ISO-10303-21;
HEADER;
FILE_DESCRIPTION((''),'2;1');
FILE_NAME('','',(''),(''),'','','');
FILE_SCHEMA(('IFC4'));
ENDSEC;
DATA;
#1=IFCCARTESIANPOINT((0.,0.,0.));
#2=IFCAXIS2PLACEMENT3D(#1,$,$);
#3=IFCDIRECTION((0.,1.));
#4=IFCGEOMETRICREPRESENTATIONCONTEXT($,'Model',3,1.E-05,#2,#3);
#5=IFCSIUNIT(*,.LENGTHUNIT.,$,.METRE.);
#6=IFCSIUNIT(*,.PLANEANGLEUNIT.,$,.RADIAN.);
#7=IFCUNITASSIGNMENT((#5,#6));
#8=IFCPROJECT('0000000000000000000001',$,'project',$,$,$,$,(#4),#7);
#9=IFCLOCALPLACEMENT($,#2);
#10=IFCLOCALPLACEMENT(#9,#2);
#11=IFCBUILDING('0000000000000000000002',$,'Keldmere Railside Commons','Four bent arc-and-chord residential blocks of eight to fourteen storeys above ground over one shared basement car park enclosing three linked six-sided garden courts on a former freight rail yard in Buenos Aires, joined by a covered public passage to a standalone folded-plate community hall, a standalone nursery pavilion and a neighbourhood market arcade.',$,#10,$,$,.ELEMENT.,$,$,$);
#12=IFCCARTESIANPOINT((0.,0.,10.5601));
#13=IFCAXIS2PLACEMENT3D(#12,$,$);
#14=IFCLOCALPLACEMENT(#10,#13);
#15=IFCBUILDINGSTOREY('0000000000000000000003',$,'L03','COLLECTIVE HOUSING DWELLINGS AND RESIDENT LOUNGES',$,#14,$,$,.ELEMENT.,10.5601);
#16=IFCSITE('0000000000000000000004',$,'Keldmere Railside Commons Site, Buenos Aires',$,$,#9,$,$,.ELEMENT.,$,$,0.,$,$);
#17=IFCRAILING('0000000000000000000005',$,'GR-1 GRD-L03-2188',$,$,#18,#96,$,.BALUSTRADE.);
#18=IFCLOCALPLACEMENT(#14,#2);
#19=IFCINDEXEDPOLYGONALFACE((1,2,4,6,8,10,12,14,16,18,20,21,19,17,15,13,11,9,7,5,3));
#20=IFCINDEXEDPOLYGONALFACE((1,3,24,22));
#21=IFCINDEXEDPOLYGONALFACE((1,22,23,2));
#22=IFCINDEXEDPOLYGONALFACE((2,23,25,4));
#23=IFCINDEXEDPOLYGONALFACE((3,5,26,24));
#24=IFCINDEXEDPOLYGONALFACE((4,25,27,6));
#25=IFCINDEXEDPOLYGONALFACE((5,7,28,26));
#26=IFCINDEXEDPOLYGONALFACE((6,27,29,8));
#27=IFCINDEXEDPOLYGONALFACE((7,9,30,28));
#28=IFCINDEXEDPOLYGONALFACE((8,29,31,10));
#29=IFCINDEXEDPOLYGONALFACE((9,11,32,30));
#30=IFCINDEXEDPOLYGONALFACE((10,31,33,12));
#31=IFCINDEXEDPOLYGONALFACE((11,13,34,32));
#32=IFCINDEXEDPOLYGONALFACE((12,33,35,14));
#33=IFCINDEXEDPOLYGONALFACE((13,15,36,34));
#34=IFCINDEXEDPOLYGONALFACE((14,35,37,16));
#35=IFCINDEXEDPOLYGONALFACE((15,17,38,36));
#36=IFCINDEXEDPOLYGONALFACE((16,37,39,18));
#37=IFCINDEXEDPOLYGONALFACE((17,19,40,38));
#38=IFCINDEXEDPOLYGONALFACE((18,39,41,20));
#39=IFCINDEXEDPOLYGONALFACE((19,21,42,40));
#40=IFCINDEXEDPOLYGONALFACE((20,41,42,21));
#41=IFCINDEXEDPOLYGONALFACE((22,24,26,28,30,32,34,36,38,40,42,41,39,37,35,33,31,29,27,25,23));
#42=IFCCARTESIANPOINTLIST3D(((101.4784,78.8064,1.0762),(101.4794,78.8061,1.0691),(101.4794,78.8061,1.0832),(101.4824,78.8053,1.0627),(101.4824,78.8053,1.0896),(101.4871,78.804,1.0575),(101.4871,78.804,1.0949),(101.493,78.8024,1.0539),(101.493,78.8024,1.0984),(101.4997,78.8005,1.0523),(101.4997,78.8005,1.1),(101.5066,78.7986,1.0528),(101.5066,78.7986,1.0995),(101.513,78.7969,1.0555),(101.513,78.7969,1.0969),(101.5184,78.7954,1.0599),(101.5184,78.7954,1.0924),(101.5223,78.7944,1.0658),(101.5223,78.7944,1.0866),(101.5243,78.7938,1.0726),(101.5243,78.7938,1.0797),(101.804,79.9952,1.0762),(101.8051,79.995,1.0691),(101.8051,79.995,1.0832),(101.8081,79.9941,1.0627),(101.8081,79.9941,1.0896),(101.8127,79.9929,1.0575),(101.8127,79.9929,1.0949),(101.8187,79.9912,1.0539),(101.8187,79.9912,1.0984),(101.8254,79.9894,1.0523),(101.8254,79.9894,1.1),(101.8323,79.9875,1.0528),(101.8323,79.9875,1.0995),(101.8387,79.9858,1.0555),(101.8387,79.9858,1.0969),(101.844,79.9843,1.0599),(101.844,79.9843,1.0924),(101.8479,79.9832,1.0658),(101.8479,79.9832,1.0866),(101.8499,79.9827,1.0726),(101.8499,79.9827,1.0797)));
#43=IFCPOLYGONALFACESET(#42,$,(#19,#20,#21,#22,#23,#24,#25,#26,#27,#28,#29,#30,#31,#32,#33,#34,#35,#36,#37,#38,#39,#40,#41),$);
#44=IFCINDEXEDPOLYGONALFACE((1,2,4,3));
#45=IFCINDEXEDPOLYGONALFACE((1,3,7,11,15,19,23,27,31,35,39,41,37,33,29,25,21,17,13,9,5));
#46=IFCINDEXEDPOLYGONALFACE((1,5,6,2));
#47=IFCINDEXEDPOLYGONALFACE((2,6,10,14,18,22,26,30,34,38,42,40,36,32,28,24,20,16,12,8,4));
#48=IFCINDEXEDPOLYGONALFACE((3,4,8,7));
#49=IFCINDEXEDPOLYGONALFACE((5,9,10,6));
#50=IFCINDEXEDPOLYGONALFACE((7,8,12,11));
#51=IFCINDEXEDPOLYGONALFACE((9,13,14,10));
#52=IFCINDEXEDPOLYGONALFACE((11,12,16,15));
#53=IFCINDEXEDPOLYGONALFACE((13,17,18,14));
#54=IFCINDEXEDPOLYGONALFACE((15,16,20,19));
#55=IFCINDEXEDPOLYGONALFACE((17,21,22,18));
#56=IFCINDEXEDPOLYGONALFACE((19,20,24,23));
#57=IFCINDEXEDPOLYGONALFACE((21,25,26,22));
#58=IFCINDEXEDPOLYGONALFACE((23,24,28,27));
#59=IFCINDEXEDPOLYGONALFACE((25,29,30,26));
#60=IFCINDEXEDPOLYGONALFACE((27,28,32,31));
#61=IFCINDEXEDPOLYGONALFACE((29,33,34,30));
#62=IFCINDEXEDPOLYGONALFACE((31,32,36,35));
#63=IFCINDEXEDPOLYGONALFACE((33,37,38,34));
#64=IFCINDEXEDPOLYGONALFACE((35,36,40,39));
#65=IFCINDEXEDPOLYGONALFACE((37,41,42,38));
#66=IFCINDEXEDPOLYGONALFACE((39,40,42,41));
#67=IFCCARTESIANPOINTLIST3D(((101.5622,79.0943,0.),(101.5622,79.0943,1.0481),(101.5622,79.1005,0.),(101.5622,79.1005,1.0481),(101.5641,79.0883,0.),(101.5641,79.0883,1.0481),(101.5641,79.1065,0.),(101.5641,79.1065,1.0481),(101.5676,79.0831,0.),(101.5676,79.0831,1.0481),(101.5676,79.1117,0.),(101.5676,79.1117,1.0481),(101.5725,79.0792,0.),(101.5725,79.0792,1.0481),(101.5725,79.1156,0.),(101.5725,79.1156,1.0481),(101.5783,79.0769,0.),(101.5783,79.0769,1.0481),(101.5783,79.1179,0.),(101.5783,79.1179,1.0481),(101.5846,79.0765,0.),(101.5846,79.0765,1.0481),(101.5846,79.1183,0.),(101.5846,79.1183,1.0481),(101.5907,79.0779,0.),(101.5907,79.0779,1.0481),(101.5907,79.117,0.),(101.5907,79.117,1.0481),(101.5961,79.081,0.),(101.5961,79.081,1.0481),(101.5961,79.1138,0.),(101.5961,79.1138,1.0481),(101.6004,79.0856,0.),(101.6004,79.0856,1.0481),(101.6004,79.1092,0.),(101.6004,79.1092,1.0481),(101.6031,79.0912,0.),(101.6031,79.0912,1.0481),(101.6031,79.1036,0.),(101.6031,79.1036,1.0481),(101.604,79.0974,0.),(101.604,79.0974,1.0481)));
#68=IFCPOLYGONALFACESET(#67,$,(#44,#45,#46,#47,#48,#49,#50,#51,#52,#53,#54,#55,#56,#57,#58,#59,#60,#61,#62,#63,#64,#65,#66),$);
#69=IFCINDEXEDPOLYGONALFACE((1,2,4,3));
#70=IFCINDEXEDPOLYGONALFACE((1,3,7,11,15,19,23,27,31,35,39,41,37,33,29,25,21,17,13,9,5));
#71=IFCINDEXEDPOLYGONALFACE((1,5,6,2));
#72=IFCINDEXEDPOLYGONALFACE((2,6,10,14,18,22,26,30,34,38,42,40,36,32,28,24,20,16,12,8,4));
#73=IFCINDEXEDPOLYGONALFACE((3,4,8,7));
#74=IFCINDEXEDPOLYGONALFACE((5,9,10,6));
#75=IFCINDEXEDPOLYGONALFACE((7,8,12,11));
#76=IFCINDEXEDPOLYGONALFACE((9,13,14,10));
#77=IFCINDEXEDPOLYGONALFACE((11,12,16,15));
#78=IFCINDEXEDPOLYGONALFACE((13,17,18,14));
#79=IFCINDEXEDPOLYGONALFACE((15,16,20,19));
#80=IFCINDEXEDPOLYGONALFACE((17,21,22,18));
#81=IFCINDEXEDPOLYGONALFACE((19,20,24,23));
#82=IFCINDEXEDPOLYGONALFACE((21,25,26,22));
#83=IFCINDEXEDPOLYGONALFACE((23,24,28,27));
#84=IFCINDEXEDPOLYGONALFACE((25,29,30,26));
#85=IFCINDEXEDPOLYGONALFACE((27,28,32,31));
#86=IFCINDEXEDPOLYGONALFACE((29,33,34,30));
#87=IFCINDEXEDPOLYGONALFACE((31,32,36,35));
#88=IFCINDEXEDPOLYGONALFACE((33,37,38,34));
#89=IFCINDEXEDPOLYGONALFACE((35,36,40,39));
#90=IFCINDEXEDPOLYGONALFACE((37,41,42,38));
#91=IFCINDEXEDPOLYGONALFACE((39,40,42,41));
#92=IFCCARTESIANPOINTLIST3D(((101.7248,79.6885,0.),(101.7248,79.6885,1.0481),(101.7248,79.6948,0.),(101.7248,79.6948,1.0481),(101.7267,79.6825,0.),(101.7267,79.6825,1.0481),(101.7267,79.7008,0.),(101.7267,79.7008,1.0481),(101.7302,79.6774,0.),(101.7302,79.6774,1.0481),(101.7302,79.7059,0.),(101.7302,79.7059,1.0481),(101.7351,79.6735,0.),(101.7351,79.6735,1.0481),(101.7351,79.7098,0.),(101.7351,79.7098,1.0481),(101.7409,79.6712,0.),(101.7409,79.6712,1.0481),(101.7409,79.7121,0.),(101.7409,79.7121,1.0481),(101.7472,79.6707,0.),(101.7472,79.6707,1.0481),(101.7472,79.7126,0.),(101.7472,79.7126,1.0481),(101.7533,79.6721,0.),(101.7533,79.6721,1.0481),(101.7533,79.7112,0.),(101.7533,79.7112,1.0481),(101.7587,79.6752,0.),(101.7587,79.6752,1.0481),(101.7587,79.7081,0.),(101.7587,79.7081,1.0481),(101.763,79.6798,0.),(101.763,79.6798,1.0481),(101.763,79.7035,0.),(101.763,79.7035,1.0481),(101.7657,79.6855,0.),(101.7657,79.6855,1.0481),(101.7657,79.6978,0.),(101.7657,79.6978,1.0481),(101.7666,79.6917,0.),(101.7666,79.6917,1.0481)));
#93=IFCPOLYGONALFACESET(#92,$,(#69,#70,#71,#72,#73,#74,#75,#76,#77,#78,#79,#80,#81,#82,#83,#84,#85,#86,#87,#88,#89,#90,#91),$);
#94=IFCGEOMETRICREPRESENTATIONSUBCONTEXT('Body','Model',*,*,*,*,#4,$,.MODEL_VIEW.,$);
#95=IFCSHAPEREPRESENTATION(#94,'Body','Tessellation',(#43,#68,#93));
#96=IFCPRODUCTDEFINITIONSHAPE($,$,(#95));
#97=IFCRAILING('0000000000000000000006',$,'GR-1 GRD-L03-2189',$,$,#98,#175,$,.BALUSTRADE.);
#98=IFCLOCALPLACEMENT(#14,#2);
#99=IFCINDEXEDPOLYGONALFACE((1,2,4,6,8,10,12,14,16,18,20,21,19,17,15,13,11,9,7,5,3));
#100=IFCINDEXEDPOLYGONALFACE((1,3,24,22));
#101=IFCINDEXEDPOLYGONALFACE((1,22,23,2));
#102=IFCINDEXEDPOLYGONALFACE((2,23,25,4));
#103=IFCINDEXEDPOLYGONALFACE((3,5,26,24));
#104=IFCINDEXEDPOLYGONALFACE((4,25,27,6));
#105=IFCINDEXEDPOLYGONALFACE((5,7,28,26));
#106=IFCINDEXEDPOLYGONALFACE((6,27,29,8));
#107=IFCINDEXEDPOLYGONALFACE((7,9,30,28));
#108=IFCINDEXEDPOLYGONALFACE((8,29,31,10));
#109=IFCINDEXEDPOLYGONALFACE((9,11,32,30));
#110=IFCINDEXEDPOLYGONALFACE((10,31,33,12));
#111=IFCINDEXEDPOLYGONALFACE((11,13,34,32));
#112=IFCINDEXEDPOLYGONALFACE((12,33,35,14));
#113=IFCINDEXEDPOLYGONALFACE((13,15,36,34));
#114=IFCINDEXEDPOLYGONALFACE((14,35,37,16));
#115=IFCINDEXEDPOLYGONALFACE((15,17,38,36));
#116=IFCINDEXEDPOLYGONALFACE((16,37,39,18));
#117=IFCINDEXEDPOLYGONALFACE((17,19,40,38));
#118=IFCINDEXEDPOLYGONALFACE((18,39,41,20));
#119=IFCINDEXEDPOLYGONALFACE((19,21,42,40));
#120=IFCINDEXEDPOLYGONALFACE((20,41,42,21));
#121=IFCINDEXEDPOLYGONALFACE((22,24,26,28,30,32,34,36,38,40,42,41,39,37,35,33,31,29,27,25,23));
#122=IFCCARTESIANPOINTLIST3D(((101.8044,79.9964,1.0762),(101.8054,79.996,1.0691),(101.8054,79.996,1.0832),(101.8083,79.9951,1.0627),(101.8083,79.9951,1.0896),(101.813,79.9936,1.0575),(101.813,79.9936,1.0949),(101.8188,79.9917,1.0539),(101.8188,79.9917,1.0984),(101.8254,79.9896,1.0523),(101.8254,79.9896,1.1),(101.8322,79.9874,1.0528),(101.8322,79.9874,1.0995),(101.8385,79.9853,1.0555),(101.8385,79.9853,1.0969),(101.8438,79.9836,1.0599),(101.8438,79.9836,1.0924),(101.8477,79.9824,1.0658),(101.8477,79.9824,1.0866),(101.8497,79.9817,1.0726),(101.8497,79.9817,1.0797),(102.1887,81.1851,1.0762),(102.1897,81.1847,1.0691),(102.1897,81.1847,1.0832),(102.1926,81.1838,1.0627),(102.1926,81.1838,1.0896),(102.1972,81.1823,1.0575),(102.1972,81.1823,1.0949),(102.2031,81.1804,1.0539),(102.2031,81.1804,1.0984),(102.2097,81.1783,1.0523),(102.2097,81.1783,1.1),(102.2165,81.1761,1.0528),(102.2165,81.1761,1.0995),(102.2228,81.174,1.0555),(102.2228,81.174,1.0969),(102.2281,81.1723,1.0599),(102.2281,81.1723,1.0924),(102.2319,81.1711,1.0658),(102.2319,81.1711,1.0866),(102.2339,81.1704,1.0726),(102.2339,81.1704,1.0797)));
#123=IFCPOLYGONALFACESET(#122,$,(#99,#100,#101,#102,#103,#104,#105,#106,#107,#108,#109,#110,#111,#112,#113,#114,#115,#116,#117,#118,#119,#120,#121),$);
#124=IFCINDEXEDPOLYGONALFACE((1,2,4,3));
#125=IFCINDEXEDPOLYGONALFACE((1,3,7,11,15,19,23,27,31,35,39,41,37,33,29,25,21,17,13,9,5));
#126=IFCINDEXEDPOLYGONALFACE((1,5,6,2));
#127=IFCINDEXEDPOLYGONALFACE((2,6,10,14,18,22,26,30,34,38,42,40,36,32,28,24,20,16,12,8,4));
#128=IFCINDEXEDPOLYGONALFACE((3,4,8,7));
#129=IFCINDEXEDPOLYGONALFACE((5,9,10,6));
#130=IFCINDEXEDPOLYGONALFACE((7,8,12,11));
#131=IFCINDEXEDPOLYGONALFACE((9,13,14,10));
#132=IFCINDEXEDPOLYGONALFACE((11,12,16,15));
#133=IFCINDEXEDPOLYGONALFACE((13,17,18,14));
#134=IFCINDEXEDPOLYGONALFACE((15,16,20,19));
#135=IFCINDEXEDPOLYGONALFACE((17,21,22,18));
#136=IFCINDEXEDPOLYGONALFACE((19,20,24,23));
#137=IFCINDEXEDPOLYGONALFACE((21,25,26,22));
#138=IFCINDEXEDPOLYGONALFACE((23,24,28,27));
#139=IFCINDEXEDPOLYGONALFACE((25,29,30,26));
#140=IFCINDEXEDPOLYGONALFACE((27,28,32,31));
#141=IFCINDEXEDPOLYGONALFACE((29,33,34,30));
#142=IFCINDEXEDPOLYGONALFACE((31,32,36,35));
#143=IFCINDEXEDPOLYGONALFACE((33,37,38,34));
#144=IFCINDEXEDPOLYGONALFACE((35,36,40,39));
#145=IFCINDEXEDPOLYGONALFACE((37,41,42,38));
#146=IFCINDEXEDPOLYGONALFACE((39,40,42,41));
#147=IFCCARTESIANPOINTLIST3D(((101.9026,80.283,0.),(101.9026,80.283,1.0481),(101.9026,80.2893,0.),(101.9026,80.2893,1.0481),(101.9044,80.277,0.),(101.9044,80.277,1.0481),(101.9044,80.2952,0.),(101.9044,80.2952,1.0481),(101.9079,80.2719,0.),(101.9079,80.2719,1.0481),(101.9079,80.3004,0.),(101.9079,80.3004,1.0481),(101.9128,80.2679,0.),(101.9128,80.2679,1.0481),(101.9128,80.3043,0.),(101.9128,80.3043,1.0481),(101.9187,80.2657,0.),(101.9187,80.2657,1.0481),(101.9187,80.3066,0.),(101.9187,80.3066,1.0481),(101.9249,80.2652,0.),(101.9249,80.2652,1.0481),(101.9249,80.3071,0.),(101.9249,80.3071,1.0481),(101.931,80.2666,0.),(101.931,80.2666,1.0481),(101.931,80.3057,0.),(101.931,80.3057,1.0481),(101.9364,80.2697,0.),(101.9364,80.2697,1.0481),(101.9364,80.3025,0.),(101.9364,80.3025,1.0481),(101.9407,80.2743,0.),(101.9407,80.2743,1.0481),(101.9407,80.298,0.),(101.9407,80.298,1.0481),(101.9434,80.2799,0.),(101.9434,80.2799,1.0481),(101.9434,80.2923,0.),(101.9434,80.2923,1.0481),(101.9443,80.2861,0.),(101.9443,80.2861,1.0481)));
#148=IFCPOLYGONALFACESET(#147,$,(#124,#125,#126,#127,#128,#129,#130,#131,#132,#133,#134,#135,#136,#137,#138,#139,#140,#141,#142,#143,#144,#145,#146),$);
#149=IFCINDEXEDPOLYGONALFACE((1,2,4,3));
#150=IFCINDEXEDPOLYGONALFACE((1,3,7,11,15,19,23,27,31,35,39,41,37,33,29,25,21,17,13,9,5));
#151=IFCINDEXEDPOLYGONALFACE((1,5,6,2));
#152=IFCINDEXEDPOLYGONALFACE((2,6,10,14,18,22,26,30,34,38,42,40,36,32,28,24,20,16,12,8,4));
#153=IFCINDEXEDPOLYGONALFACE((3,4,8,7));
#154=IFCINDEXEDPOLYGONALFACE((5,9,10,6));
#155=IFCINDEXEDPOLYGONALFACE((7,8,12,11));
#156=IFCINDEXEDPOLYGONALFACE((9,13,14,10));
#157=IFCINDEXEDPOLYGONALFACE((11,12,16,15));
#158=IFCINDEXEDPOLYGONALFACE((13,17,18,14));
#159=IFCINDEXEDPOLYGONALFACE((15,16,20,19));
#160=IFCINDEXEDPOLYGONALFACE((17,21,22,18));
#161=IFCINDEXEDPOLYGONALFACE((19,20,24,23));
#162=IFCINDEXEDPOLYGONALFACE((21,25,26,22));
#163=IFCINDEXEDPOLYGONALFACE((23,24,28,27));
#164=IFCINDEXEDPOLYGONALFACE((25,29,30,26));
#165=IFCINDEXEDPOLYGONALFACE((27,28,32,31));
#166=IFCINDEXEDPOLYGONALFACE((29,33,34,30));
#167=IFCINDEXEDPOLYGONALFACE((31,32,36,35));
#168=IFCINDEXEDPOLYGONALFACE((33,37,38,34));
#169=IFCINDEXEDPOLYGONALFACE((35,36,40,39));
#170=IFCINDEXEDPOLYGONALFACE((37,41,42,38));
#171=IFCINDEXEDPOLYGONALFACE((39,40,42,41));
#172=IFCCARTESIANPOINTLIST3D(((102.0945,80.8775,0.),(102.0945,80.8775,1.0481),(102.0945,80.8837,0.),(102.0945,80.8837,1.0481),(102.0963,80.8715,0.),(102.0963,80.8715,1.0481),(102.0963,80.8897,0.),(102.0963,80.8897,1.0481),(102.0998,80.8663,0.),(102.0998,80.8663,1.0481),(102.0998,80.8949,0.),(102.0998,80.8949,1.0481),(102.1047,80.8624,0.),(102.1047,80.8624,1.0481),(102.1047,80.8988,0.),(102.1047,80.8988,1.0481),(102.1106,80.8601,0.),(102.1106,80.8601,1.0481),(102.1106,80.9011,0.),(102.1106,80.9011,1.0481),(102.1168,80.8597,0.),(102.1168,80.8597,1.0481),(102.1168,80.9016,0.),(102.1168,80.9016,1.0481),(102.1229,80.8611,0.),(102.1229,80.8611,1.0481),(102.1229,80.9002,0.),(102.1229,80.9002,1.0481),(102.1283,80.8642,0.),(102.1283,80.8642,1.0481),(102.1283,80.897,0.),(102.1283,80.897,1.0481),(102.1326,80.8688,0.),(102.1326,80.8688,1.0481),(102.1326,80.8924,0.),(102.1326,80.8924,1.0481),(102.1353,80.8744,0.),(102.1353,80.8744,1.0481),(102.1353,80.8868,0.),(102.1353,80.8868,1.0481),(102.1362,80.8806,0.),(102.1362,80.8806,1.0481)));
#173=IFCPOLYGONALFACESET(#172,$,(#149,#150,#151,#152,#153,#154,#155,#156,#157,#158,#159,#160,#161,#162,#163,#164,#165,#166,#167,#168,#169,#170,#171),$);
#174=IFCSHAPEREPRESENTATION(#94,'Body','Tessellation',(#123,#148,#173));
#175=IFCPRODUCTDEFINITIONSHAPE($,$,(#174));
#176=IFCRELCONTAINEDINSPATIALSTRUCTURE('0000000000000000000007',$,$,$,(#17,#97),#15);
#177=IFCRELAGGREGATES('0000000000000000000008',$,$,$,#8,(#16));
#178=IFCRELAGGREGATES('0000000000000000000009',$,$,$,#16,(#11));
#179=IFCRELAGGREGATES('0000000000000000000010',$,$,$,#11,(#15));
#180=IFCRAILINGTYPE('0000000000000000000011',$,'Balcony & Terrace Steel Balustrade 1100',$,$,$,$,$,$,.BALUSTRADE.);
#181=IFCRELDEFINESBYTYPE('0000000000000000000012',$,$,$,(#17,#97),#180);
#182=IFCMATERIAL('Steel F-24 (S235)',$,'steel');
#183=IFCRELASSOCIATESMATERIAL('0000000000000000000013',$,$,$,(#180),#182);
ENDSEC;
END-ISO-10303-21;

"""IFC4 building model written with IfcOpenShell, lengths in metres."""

from ifc_helpers import new_model, si_unit, direction, frame, origin, origin_2d, place, context, subcontext, project, spatial, circle, extrude, material, type_object, element, save


model = new_model("IFC4")

# Units and contexts
model_context = context("Model", 3, precision=1e-05, world=origin(), true_north=direction((0.0, 1.0)))
body_context = subcontext(model_context, "Body", "Model", "MODEL_VIEW")
ifc_project = project(units=[si_unit("LENGTHUNIT", "METRE"), si_unit("PLANEANGLEUNIT", "RADIAN")], contexts=[model_context])

# Site, building, storey
site_placement = place(None, origin())
site = spatial("IfcSite", under=ifc_project, at=site_placement, Name="Keldmere Railside Commons Site, Buenos Aires", CompositionType="ELEMENT", RefElevation=0.0)
building_placement = place(site_placement, origin())
building = spatial("IfcBuilding", under=site, at=building_placement, Name="Keldmere Railside Commons", Description="Four bent arc-and-chord residential blocks of eight to fourteen storeys above ground over one shared basement car park enclosing three linked six-sided garden courts on a former freight rail yard in Buenos Aires, joined by a covered public passage to a standalone folded-plate community hall, a standalone nursery pavilion and a neighbourhood market arcade.", CompositionType="ELEMENT")
storey_placement = place(building_placement, frame((0.0, 0.0, 10.5601)))
storey = spatial("IfcBuildingStorey", under=building, at=storey_placement, Name="L03", Description="COLLECTIVE HOUSING DWELLINGS AND RESIDENT LOUNGES", CompositionType="ELEMENT", Elevation=10.5601)

# Railings
ifc_material_1 = material(Name="Steel F-24 (S235)", Category="steel")
railing_type = type_object("IfcRailingType", Name="Balcony & Terrace Steel Balustrade 1100", PredefinedType="BALUSTRADE", material=ifc_material_1)
railing_1_placement = place(storey_placement, frame((101.5015, 78.8, 0.0)))
element("IfcRailing", 1, at=railing_1_placement, inside=storey, type_object=railing_type, Name="GR-1 GRD-L03-2188", PredefinedType="BALUSTRADE", context=body_context, shape_type="SweptSolid", body=[
    extrude(circle(Radius=0.0239, at=origin_2d()), frame((0.0, 0.0, 1.0762), z_axis=(0.26419, 0.964471, 0.0), x_axis=(-0.964471, 0.26419, 0.0)), (0.0, 0.0, 1.0), 1.2327),
    extrude(circle(Radius=0.021, at=origin_2d()), frame((0.0815, 0.2974, 0.0)), (0.0, 0.0, 1.0), 1.0481),
    extrude(circle(Radius=0.021, at=origin_2d()), frame((0.2441, 0.8916, 0.0)), (0.0, 0.0, 1.0), 1.0481),
])
railing_2_placement = place(storey_placement, frame((101.8271, 79.989, 0.0)))
element("IfcRailing", 2, at=railing_2_placement, inside=storey, type_object=railing_type, Name="GR-1 GRD-L03-2189", PredefinedType="BALUSTRADE", context=body_context, shape_type="SweptSolid", body=[
    extrude(circle(Radius=0.0239, at=origin_2d()), frame((0.0, 0.0, 1.0762), z_axis=(0.307597, 0.951517, 0.0), x_axis=(-0.951517, 0.307597, 0.0)), (0.0, 0.0, 1.0), 1.2493),
    extrude(circle(Radius=0.021, at=origin_2d()), frame((0.0962, 0.2971, 0.0)), (0.0, 0.0, 1.0), 1.0481),
    extrude(circle(Radius=0.021, at=origin_2d()), frame((0.2881, 0.8916, 0.0)), (0.0, 0.0, 1.0), 1.0481),
])

save(model, "model.ifc")
